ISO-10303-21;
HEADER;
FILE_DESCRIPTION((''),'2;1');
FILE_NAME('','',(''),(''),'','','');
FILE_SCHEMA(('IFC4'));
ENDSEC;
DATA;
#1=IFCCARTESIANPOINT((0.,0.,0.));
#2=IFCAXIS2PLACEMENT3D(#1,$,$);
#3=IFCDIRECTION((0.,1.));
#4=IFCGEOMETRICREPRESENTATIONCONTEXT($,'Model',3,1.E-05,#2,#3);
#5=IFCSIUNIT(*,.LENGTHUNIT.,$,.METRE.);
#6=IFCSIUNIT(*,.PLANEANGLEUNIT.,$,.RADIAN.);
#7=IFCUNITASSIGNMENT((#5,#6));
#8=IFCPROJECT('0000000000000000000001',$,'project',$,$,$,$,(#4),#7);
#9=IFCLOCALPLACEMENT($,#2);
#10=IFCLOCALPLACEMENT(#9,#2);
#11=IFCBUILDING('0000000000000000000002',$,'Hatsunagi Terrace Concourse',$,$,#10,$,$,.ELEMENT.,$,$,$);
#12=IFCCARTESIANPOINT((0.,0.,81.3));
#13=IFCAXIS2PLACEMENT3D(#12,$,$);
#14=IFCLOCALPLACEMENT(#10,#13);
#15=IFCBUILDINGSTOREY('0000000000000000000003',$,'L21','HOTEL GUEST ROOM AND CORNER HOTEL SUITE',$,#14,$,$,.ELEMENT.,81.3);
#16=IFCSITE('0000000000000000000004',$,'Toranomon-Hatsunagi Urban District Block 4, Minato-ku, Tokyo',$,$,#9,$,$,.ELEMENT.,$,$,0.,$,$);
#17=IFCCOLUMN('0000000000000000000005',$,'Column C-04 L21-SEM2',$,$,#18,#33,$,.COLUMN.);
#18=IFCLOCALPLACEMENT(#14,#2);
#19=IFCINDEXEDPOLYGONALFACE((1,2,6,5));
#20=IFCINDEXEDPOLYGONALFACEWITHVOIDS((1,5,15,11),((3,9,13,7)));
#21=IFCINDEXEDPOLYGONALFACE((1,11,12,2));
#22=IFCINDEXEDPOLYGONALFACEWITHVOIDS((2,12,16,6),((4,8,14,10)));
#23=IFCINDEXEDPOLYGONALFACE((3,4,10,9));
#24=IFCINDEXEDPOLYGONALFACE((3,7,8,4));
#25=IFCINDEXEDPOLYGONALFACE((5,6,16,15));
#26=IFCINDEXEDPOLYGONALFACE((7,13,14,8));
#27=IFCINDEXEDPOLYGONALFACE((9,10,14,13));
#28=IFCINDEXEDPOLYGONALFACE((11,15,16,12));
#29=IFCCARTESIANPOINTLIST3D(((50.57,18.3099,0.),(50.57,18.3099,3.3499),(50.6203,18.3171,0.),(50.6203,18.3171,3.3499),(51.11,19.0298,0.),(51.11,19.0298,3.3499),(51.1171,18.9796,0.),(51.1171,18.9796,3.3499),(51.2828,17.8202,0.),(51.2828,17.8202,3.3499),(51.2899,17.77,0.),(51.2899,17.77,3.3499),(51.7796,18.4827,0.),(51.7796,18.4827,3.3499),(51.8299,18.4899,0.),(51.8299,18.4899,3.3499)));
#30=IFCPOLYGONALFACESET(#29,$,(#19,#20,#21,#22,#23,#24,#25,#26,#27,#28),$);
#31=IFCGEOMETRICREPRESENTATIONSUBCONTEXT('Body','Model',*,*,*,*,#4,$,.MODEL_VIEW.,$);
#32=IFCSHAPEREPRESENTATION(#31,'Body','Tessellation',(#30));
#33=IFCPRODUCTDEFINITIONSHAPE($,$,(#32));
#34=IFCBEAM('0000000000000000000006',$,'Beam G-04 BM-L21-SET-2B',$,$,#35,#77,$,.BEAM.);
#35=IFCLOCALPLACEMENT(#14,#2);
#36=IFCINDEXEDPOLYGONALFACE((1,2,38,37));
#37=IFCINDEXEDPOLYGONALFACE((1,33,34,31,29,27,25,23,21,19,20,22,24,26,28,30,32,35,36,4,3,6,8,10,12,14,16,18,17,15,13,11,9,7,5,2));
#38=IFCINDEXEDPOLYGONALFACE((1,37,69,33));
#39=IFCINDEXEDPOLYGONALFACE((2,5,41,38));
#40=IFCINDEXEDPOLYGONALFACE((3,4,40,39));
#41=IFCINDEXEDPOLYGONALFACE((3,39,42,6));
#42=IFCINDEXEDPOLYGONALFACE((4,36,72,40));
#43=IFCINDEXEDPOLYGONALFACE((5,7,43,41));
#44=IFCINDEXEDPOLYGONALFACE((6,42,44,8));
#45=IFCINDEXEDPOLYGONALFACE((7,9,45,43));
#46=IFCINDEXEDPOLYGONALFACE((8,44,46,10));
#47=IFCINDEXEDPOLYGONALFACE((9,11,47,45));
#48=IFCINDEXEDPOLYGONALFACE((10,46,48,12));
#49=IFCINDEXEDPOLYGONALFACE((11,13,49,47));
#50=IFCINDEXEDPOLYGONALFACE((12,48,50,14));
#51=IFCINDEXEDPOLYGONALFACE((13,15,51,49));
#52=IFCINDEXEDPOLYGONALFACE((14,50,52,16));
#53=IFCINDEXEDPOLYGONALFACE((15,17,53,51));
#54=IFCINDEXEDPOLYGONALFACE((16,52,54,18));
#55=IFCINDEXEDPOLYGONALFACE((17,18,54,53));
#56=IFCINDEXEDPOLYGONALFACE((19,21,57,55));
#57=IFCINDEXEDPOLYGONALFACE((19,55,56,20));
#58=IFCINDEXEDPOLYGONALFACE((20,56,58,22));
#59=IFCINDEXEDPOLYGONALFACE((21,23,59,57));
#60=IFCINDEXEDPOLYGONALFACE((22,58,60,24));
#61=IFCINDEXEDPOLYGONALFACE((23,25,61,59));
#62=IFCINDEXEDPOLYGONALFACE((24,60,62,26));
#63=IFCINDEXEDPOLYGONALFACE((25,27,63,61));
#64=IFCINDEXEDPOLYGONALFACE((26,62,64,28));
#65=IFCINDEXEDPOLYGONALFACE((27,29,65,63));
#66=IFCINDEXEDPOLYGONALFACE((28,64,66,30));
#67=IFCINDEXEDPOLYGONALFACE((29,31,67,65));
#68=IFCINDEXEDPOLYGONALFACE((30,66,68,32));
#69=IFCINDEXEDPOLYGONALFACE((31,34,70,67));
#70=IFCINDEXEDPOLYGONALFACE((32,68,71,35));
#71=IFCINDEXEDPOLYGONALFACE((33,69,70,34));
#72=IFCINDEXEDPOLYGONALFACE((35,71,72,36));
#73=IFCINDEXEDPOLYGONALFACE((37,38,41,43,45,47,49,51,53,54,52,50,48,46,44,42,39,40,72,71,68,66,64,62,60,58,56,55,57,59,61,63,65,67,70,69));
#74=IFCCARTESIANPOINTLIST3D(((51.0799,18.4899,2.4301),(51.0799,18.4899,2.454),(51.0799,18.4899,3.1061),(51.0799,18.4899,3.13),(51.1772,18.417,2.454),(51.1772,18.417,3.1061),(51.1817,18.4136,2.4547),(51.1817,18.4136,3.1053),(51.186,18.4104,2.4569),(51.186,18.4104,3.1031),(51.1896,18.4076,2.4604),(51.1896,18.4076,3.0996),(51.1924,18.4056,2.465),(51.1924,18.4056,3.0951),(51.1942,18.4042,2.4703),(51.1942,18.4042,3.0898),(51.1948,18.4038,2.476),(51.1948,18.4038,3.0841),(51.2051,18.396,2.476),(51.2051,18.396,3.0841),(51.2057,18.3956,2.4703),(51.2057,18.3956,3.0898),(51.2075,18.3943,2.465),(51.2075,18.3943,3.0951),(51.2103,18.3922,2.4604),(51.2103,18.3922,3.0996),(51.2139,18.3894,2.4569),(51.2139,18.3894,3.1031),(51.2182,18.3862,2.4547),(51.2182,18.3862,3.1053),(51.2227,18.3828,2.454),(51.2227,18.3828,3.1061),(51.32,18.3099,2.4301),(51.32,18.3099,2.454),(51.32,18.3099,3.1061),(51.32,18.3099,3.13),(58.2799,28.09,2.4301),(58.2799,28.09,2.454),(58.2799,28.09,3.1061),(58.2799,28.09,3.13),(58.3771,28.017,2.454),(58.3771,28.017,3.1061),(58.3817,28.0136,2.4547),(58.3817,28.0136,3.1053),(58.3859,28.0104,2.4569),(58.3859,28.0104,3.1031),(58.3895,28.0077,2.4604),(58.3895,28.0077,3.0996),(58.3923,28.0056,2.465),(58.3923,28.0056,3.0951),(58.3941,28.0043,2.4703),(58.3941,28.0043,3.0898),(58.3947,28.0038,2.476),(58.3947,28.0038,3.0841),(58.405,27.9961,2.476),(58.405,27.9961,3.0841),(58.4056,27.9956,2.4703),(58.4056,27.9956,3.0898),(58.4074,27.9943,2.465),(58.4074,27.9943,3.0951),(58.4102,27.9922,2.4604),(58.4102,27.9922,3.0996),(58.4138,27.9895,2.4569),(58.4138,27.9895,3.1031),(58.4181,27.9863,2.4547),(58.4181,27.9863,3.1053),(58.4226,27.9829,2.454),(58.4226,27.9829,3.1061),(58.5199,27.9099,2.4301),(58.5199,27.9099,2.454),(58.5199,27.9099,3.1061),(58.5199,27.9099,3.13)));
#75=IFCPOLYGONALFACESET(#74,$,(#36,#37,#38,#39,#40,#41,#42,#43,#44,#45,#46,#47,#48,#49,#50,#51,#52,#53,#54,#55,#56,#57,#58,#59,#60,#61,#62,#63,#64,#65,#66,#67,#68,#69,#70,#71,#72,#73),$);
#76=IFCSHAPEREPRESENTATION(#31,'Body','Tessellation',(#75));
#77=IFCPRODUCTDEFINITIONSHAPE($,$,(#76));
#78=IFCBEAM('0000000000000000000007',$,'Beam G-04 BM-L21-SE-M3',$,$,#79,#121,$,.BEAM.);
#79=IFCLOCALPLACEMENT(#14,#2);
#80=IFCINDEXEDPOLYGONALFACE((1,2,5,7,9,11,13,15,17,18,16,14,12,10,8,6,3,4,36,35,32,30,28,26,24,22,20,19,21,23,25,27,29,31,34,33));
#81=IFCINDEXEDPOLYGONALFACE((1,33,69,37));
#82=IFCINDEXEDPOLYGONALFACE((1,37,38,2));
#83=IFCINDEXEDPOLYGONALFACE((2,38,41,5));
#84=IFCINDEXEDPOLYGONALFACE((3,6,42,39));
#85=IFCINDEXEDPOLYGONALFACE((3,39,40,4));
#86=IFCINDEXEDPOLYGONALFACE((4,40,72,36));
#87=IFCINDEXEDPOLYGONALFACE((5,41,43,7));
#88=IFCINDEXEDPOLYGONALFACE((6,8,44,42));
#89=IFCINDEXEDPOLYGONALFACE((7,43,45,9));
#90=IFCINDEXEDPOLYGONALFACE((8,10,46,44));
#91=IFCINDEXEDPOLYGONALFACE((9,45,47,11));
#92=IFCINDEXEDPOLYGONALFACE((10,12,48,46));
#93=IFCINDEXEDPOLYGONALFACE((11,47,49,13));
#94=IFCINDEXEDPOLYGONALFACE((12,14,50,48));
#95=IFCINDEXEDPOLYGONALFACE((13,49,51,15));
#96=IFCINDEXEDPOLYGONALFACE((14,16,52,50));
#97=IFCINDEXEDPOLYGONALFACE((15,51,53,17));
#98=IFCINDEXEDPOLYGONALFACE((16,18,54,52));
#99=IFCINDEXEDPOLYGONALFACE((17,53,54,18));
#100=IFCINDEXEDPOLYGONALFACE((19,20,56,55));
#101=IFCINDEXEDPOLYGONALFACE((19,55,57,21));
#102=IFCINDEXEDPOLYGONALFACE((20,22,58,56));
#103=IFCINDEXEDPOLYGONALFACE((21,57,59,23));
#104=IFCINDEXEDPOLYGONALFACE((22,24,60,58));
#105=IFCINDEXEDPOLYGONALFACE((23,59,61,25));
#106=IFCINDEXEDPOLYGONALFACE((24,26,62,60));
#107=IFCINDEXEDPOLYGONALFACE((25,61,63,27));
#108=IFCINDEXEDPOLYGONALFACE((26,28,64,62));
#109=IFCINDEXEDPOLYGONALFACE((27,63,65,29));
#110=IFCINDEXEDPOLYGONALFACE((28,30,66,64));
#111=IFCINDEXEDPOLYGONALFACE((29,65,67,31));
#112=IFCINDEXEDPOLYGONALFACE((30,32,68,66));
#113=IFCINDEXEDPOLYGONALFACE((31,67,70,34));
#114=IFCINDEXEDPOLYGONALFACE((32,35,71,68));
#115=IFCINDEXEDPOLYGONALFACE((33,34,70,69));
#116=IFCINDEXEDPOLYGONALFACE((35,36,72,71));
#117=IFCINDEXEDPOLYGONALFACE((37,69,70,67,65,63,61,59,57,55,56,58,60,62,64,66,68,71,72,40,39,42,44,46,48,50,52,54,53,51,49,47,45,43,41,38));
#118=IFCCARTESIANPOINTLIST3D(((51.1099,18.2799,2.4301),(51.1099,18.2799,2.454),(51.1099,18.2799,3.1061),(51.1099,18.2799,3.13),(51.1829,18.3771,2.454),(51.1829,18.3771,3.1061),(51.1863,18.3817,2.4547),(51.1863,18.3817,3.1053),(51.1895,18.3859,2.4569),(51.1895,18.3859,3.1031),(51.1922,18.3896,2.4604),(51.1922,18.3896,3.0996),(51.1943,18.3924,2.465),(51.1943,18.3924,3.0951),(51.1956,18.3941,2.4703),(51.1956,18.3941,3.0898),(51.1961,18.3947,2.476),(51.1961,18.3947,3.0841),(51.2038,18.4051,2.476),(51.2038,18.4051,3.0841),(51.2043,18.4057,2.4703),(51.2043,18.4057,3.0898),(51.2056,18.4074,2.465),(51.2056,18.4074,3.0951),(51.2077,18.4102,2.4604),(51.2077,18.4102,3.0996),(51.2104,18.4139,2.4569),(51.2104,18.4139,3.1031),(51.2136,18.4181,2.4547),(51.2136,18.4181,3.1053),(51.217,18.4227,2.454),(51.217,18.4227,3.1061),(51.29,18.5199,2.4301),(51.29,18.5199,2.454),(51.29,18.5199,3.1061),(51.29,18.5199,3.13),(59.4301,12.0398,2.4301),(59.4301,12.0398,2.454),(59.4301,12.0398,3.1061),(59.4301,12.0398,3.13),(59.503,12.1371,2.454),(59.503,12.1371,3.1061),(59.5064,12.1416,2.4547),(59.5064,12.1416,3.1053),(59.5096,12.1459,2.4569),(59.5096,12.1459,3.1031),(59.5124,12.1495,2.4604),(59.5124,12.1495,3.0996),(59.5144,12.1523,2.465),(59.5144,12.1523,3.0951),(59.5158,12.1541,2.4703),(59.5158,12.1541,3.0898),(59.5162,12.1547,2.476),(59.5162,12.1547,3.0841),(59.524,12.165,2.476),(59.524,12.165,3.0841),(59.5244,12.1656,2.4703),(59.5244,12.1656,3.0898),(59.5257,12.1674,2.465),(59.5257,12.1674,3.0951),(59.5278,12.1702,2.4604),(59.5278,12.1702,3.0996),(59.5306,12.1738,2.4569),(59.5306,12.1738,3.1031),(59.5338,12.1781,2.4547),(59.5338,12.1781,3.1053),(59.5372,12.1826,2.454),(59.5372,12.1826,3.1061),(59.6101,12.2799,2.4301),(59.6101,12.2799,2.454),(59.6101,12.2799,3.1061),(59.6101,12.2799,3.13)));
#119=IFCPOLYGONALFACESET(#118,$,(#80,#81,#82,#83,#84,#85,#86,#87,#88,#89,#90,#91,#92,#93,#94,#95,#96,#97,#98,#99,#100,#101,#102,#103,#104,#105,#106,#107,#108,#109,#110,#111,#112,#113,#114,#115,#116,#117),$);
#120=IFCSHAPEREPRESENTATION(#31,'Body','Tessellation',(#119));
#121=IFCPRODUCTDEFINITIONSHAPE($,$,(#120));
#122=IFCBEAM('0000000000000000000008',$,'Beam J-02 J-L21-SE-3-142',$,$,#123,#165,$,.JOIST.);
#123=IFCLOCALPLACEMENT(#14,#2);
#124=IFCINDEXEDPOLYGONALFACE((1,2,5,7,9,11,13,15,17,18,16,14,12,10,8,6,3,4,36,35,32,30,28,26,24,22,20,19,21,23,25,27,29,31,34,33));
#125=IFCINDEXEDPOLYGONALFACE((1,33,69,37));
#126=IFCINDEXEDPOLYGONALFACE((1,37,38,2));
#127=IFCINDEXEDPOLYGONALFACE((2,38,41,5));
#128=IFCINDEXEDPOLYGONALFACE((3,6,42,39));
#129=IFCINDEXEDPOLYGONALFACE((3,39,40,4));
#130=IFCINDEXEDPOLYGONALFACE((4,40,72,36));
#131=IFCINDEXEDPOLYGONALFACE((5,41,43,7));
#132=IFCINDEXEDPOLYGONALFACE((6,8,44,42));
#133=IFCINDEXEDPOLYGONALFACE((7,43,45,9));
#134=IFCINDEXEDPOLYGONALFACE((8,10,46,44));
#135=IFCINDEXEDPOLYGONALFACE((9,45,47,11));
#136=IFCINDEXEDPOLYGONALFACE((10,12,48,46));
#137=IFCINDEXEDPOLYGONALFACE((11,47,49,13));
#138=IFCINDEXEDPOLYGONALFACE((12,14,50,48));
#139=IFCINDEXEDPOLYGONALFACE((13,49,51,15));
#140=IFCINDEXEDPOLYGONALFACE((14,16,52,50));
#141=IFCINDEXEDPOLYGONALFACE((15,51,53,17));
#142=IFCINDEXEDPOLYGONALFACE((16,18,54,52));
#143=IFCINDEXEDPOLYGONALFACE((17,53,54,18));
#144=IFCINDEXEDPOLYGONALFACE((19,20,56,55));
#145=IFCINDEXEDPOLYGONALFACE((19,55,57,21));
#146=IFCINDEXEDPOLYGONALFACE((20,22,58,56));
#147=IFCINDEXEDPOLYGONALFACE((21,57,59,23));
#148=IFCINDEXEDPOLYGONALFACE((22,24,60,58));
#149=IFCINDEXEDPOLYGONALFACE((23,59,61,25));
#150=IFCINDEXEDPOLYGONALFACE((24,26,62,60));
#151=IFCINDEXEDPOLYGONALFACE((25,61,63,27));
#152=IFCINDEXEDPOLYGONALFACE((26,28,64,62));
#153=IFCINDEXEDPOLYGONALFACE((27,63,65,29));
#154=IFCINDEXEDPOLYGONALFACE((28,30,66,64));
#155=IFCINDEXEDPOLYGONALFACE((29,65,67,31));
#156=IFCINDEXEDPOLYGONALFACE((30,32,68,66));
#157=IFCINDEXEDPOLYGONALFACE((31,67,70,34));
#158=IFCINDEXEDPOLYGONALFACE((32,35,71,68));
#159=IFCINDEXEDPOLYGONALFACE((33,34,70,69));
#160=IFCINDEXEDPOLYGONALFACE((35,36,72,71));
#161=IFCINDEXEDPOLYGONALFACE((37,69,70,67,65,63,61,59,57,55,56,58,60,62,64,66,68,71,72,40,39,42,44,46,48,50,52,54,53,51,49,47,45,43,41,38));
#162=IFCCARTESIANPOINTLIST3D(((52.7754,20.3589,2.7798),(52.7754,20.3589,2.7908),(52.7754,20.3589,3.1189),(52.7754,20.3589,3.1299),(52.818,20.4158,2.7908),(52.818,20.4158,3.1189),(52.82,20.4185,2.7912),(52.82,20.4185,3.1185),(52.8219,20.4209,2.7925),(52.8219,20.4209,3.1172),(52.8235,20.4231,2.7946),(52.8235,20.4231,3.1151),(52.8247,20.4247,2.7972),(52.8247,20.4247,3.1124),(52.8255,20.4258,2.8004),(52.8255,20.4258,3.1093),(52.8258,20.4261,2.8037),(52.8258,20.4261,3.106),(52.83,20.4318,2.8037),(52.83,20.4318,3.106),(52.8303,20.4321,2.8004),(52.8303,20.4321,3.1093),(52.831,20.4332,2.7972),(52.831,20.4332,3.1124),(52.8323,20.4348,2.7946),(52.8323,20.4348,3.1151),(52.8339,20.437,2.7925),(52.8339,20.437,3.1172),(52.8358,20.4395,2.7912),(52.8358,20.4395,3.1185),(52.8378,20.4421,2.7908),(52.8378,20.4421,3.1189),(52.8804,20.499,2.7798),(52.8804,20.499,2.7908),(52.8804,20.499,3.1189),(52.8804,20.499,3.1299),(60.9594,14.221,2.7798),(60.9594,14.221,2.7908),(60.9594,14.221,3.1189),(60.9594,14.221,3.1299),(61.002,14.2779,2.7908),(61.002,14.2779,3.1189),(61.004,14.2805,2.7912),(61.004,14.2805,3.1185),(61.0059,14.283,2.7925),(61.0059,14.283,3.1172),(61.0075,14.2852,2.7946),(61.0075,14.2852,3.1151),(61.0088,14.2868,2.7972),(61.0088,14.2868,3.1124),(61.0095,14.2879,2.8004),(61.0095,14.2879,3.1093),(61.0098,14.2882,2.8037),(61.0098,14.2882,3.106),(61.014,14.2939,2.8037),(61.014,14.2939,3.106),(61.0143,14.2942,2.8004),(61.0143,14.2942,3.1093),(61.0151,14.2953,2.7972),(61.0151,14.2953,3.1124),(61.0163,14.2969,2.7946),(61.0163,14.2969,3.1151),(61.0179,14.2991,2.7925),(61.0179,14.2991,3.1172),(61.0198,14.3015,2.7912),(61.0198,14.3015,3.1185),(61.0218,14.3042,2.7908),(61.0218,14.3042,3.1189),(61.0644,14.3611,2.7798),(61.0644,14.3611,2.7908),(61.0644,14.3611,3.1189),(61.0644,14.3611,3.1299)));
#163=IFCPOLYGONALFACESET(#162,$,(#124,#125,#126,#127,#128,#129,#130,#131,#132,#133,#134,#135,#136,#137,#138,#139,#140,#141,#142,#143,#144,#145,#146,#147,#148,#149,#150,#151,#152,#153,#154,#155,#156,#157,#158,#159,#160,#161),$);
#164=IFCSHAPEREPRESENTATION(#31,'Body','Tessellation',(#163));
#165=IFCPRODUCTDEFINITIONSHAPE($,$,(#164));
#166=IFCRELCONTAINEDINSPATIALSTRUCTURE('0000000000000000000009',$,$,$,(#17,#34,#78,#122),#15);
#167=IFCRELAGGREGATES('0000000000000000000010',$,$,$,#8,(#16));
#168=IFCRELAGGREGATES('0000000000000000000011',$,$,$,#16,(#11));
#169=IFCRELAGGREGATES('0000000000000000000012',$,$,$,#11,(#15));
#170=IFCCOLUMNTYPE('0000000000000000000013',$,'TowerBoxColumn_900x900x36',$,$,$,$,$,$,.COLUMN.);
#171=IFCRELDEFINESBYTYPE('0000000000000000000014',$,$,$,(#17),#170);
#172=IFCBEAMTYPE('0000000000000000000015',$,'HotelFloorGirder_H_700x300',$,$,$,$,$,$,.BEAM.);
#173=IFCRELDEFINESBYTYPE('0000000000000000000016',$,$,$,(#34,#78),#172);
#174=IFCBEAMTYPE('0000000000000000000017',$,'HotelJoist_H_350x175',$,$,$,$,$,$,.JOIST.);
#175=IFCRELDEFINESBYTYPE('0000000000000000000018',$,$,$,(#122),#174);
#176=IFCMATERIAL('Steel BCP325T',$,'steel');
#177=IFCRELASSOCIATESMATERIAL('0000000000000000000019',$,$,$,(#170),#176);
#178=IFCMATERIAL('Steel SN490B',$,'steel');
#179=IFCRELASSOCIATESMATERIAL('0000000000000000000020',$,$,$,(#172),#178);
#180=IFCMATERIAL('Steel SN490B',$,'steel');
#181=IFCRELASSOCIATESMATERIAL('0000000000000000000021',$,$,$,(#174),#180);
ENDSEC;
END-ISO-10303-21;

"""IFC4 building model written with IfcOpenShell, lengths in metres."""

from ifc_helpers import new_model, si_unit, direction, frame, origin, origin_2d, place, context, subcontext, project, spatial, hollow_rectangle, i_section, extrude, material, material_profile, profile_set, type_object, element, save


model = new_model("IFC4")

# Units and contexts
model_context = context("Model", 3, precision=1e-05, world=origin(), true_north=direction((0.0, 1.0)))
body_context = subcontext(model_context, "Body", "Model", "MODEL_VIEW")
ifc_project = project(units=[si_unit("LENGTHUNIT", "METRE"), si_unit("PLANEANGLEUNIT", "RADIAN")], contexts=[model_context])

# Site, building, storey
site_placement = place(None, origin())
site = spatial("IfcSite", under=ifc_project, at=site_placement, Name="Toranomon-Hatsunagi Urban District Block 4, Minato-ku, Tokyo", CompositionType="ELEMENT", RefElevation=0.0)
building_placement = place(site_placement, origin())
building = spatial("IfcBuilding", under=site, at=building_placement, Name="Hatsunagi Terrace Concourse", CompositionType="ELEMENT")
storey_placement = place(building_placement, frame((0.0, 0.0, 81.3)))
storey = spatial("IfcBuildingStorey", under=building, at=storey_placement, Name="L21", Description="HOTEL GUEST ROOM AND CORNER HOTEL SUITE", CompositionType="ELEMENT", Elevation=81.3)

# Column
ifc_material_1 = material(Name="Steel BCP325T", Category="steel")
ifc_material_profile_1 = material_profile(ifc_material_1, hollow_rectangle(XDim=0.8999, YDim=0.8999, WallThickness=0.0359, at=origin_2d()), Name="BCP-900x900x36")
ifc_profile_set_1 = profile_set([ifc_material_profile_1], Name="Steel BCP325T")
column_type = type_object("IfcColumnType", Name="TowerBoxColumn_900x900x36", PredefinedType="COLUMN", material=ifc_profile_set_1)
column_placement = place(storey_placement, frame((51.2, 18.3999, 0.0), z_axis=(0.0, 0.0, 1.0), x_axis=(0.8, -0.6, 0.0)))
element("IfcColumn", 1, at=column_placement, inside=storey, type_object=column_type, Name="Column C-04 L21-SEM2", PredefinedType="COLUMN", context=body_context, shape_type="SweptSolid", body=[
    extrude(hollow_rectangle(XDim=0.8999, YDim=0.8999, WallThickness=0.0359, at=origin_2d()), origin(), (0.0, 0.0, 1.0), 3.3499),
])

# Beams
ifc_material_2 = material(Name="Steel SN490B", Category="steel")
ifc_material_profile_2 = material_profile(ifc_material_2, i_section(OverallWidth=0.3, OverallDepth=0.7, WebThickness=0.0129, FlangeThickness=0.0239, FilletRadius=0.022, at=origin_2d()), Name="H-700x300x13x24")
ifc_profile_set_2 = profile_set([ifc_material_profile_2], Name="Steel SN490B")
beam_type_1 = type_object("IfcBeamType", Name="HotelFloorGirder_H_700x300", PredefinedType="BEAM", material=ifc_profile_set_2)
beam_1_placement = place(storey_placement, frame((51.2, 18.3999, 2.78), z_axis=(0.599993, 0.800005, 0.0), x_axis=(-0.800005, 0.599993, 0.0)))
element("IfcBeam", 2, at=beam_1_placement, inside=storey, type_object=beam_type_1, Name="Beam G-04 BM-L21-SET-2B", PredefinedType="BEAM", context=body_context, shape_type="SweptSolid", body=[
    extrude(i_section(OverallWidth=0.3, OverallDepth=0.7, WebThickness=0.0129, FlangeThickness=0.0239, FilletRadius=0.022, at=origin_2d()), origin(), (0.0, 0.0, 1.0), 12.0),
])
beam_2_placement = place(storey_placement, frame((51.2, 18.3999, 2.78), z_axis=(0.800003, -0.599996, 0.0), x_axis=(0.599996, 0.800003, 0.0)))
element("IfcBeam", 3, at=beam_2_placement, inside=storey, type_object=beam_type_1, Name="Beam G-04 BM-L21-SE-M3", PredefinedType="BEAM", context=body_context, shape_type="SweptSolid", body=[
    extrude(i_section(OverallWidth=0.3, OverallDepth=0.7, WebThickness=0.0129, FlangeThickness=0.0239, FilletRadius=0.022, at=origin_2d()), origin(), (0.0, 0.0, 1.0), 10.4001),
])
ifc_material_3 = material(Name="Steel SN490B", Category="steel")
ifc_material_profile_3 = material_profile(ifc_material_3, i_section(OverallWidth=0.175, OverallDepth=0.3501, WebThickness=0.0071, FlangeThickness=0.011, FilletRadius=0.0129, at=origin_2d()), Name="H-350x175x7x11")
ifc_profile_set_3 = profile_set([ifc_material_profile_3], Name="Steel SN490B")
beam_type_2 = type_object("IfcBeamType", Name="HotelJoist_H_350x175", PredefinedType="JOIST", material=ifc_profile_set_3)
for number, where, z_axis, x_axis, name in (
    (4, (52.8279, 20.429, 2.9548), (0.800006, -0.599992, 0.0), (0.599992, 0.800006, 0.0), "Beam J-02 J-L21-SE-3-142"),
):
    element("IfcBeam", number, at=place(storey_placement, frame(where, z_axis=z_axis, x_axis=x_axis)), inside=storey, type_object=beam_type_2, Name=name, PredefinedType="JOIST", context=body_context, shape_type="SweptSolid", body=[
        extrude(i_section(OverallWidth=0.175, OverallDepth=0.3501, WebThickness=0.0071, FlangeThickness=0.011, FilletRadius=0.0129, at=origin_2d()), origin(), (0.0, 0.0, 1.0), 10.23),
    ])

save(model, "model.ifc")
